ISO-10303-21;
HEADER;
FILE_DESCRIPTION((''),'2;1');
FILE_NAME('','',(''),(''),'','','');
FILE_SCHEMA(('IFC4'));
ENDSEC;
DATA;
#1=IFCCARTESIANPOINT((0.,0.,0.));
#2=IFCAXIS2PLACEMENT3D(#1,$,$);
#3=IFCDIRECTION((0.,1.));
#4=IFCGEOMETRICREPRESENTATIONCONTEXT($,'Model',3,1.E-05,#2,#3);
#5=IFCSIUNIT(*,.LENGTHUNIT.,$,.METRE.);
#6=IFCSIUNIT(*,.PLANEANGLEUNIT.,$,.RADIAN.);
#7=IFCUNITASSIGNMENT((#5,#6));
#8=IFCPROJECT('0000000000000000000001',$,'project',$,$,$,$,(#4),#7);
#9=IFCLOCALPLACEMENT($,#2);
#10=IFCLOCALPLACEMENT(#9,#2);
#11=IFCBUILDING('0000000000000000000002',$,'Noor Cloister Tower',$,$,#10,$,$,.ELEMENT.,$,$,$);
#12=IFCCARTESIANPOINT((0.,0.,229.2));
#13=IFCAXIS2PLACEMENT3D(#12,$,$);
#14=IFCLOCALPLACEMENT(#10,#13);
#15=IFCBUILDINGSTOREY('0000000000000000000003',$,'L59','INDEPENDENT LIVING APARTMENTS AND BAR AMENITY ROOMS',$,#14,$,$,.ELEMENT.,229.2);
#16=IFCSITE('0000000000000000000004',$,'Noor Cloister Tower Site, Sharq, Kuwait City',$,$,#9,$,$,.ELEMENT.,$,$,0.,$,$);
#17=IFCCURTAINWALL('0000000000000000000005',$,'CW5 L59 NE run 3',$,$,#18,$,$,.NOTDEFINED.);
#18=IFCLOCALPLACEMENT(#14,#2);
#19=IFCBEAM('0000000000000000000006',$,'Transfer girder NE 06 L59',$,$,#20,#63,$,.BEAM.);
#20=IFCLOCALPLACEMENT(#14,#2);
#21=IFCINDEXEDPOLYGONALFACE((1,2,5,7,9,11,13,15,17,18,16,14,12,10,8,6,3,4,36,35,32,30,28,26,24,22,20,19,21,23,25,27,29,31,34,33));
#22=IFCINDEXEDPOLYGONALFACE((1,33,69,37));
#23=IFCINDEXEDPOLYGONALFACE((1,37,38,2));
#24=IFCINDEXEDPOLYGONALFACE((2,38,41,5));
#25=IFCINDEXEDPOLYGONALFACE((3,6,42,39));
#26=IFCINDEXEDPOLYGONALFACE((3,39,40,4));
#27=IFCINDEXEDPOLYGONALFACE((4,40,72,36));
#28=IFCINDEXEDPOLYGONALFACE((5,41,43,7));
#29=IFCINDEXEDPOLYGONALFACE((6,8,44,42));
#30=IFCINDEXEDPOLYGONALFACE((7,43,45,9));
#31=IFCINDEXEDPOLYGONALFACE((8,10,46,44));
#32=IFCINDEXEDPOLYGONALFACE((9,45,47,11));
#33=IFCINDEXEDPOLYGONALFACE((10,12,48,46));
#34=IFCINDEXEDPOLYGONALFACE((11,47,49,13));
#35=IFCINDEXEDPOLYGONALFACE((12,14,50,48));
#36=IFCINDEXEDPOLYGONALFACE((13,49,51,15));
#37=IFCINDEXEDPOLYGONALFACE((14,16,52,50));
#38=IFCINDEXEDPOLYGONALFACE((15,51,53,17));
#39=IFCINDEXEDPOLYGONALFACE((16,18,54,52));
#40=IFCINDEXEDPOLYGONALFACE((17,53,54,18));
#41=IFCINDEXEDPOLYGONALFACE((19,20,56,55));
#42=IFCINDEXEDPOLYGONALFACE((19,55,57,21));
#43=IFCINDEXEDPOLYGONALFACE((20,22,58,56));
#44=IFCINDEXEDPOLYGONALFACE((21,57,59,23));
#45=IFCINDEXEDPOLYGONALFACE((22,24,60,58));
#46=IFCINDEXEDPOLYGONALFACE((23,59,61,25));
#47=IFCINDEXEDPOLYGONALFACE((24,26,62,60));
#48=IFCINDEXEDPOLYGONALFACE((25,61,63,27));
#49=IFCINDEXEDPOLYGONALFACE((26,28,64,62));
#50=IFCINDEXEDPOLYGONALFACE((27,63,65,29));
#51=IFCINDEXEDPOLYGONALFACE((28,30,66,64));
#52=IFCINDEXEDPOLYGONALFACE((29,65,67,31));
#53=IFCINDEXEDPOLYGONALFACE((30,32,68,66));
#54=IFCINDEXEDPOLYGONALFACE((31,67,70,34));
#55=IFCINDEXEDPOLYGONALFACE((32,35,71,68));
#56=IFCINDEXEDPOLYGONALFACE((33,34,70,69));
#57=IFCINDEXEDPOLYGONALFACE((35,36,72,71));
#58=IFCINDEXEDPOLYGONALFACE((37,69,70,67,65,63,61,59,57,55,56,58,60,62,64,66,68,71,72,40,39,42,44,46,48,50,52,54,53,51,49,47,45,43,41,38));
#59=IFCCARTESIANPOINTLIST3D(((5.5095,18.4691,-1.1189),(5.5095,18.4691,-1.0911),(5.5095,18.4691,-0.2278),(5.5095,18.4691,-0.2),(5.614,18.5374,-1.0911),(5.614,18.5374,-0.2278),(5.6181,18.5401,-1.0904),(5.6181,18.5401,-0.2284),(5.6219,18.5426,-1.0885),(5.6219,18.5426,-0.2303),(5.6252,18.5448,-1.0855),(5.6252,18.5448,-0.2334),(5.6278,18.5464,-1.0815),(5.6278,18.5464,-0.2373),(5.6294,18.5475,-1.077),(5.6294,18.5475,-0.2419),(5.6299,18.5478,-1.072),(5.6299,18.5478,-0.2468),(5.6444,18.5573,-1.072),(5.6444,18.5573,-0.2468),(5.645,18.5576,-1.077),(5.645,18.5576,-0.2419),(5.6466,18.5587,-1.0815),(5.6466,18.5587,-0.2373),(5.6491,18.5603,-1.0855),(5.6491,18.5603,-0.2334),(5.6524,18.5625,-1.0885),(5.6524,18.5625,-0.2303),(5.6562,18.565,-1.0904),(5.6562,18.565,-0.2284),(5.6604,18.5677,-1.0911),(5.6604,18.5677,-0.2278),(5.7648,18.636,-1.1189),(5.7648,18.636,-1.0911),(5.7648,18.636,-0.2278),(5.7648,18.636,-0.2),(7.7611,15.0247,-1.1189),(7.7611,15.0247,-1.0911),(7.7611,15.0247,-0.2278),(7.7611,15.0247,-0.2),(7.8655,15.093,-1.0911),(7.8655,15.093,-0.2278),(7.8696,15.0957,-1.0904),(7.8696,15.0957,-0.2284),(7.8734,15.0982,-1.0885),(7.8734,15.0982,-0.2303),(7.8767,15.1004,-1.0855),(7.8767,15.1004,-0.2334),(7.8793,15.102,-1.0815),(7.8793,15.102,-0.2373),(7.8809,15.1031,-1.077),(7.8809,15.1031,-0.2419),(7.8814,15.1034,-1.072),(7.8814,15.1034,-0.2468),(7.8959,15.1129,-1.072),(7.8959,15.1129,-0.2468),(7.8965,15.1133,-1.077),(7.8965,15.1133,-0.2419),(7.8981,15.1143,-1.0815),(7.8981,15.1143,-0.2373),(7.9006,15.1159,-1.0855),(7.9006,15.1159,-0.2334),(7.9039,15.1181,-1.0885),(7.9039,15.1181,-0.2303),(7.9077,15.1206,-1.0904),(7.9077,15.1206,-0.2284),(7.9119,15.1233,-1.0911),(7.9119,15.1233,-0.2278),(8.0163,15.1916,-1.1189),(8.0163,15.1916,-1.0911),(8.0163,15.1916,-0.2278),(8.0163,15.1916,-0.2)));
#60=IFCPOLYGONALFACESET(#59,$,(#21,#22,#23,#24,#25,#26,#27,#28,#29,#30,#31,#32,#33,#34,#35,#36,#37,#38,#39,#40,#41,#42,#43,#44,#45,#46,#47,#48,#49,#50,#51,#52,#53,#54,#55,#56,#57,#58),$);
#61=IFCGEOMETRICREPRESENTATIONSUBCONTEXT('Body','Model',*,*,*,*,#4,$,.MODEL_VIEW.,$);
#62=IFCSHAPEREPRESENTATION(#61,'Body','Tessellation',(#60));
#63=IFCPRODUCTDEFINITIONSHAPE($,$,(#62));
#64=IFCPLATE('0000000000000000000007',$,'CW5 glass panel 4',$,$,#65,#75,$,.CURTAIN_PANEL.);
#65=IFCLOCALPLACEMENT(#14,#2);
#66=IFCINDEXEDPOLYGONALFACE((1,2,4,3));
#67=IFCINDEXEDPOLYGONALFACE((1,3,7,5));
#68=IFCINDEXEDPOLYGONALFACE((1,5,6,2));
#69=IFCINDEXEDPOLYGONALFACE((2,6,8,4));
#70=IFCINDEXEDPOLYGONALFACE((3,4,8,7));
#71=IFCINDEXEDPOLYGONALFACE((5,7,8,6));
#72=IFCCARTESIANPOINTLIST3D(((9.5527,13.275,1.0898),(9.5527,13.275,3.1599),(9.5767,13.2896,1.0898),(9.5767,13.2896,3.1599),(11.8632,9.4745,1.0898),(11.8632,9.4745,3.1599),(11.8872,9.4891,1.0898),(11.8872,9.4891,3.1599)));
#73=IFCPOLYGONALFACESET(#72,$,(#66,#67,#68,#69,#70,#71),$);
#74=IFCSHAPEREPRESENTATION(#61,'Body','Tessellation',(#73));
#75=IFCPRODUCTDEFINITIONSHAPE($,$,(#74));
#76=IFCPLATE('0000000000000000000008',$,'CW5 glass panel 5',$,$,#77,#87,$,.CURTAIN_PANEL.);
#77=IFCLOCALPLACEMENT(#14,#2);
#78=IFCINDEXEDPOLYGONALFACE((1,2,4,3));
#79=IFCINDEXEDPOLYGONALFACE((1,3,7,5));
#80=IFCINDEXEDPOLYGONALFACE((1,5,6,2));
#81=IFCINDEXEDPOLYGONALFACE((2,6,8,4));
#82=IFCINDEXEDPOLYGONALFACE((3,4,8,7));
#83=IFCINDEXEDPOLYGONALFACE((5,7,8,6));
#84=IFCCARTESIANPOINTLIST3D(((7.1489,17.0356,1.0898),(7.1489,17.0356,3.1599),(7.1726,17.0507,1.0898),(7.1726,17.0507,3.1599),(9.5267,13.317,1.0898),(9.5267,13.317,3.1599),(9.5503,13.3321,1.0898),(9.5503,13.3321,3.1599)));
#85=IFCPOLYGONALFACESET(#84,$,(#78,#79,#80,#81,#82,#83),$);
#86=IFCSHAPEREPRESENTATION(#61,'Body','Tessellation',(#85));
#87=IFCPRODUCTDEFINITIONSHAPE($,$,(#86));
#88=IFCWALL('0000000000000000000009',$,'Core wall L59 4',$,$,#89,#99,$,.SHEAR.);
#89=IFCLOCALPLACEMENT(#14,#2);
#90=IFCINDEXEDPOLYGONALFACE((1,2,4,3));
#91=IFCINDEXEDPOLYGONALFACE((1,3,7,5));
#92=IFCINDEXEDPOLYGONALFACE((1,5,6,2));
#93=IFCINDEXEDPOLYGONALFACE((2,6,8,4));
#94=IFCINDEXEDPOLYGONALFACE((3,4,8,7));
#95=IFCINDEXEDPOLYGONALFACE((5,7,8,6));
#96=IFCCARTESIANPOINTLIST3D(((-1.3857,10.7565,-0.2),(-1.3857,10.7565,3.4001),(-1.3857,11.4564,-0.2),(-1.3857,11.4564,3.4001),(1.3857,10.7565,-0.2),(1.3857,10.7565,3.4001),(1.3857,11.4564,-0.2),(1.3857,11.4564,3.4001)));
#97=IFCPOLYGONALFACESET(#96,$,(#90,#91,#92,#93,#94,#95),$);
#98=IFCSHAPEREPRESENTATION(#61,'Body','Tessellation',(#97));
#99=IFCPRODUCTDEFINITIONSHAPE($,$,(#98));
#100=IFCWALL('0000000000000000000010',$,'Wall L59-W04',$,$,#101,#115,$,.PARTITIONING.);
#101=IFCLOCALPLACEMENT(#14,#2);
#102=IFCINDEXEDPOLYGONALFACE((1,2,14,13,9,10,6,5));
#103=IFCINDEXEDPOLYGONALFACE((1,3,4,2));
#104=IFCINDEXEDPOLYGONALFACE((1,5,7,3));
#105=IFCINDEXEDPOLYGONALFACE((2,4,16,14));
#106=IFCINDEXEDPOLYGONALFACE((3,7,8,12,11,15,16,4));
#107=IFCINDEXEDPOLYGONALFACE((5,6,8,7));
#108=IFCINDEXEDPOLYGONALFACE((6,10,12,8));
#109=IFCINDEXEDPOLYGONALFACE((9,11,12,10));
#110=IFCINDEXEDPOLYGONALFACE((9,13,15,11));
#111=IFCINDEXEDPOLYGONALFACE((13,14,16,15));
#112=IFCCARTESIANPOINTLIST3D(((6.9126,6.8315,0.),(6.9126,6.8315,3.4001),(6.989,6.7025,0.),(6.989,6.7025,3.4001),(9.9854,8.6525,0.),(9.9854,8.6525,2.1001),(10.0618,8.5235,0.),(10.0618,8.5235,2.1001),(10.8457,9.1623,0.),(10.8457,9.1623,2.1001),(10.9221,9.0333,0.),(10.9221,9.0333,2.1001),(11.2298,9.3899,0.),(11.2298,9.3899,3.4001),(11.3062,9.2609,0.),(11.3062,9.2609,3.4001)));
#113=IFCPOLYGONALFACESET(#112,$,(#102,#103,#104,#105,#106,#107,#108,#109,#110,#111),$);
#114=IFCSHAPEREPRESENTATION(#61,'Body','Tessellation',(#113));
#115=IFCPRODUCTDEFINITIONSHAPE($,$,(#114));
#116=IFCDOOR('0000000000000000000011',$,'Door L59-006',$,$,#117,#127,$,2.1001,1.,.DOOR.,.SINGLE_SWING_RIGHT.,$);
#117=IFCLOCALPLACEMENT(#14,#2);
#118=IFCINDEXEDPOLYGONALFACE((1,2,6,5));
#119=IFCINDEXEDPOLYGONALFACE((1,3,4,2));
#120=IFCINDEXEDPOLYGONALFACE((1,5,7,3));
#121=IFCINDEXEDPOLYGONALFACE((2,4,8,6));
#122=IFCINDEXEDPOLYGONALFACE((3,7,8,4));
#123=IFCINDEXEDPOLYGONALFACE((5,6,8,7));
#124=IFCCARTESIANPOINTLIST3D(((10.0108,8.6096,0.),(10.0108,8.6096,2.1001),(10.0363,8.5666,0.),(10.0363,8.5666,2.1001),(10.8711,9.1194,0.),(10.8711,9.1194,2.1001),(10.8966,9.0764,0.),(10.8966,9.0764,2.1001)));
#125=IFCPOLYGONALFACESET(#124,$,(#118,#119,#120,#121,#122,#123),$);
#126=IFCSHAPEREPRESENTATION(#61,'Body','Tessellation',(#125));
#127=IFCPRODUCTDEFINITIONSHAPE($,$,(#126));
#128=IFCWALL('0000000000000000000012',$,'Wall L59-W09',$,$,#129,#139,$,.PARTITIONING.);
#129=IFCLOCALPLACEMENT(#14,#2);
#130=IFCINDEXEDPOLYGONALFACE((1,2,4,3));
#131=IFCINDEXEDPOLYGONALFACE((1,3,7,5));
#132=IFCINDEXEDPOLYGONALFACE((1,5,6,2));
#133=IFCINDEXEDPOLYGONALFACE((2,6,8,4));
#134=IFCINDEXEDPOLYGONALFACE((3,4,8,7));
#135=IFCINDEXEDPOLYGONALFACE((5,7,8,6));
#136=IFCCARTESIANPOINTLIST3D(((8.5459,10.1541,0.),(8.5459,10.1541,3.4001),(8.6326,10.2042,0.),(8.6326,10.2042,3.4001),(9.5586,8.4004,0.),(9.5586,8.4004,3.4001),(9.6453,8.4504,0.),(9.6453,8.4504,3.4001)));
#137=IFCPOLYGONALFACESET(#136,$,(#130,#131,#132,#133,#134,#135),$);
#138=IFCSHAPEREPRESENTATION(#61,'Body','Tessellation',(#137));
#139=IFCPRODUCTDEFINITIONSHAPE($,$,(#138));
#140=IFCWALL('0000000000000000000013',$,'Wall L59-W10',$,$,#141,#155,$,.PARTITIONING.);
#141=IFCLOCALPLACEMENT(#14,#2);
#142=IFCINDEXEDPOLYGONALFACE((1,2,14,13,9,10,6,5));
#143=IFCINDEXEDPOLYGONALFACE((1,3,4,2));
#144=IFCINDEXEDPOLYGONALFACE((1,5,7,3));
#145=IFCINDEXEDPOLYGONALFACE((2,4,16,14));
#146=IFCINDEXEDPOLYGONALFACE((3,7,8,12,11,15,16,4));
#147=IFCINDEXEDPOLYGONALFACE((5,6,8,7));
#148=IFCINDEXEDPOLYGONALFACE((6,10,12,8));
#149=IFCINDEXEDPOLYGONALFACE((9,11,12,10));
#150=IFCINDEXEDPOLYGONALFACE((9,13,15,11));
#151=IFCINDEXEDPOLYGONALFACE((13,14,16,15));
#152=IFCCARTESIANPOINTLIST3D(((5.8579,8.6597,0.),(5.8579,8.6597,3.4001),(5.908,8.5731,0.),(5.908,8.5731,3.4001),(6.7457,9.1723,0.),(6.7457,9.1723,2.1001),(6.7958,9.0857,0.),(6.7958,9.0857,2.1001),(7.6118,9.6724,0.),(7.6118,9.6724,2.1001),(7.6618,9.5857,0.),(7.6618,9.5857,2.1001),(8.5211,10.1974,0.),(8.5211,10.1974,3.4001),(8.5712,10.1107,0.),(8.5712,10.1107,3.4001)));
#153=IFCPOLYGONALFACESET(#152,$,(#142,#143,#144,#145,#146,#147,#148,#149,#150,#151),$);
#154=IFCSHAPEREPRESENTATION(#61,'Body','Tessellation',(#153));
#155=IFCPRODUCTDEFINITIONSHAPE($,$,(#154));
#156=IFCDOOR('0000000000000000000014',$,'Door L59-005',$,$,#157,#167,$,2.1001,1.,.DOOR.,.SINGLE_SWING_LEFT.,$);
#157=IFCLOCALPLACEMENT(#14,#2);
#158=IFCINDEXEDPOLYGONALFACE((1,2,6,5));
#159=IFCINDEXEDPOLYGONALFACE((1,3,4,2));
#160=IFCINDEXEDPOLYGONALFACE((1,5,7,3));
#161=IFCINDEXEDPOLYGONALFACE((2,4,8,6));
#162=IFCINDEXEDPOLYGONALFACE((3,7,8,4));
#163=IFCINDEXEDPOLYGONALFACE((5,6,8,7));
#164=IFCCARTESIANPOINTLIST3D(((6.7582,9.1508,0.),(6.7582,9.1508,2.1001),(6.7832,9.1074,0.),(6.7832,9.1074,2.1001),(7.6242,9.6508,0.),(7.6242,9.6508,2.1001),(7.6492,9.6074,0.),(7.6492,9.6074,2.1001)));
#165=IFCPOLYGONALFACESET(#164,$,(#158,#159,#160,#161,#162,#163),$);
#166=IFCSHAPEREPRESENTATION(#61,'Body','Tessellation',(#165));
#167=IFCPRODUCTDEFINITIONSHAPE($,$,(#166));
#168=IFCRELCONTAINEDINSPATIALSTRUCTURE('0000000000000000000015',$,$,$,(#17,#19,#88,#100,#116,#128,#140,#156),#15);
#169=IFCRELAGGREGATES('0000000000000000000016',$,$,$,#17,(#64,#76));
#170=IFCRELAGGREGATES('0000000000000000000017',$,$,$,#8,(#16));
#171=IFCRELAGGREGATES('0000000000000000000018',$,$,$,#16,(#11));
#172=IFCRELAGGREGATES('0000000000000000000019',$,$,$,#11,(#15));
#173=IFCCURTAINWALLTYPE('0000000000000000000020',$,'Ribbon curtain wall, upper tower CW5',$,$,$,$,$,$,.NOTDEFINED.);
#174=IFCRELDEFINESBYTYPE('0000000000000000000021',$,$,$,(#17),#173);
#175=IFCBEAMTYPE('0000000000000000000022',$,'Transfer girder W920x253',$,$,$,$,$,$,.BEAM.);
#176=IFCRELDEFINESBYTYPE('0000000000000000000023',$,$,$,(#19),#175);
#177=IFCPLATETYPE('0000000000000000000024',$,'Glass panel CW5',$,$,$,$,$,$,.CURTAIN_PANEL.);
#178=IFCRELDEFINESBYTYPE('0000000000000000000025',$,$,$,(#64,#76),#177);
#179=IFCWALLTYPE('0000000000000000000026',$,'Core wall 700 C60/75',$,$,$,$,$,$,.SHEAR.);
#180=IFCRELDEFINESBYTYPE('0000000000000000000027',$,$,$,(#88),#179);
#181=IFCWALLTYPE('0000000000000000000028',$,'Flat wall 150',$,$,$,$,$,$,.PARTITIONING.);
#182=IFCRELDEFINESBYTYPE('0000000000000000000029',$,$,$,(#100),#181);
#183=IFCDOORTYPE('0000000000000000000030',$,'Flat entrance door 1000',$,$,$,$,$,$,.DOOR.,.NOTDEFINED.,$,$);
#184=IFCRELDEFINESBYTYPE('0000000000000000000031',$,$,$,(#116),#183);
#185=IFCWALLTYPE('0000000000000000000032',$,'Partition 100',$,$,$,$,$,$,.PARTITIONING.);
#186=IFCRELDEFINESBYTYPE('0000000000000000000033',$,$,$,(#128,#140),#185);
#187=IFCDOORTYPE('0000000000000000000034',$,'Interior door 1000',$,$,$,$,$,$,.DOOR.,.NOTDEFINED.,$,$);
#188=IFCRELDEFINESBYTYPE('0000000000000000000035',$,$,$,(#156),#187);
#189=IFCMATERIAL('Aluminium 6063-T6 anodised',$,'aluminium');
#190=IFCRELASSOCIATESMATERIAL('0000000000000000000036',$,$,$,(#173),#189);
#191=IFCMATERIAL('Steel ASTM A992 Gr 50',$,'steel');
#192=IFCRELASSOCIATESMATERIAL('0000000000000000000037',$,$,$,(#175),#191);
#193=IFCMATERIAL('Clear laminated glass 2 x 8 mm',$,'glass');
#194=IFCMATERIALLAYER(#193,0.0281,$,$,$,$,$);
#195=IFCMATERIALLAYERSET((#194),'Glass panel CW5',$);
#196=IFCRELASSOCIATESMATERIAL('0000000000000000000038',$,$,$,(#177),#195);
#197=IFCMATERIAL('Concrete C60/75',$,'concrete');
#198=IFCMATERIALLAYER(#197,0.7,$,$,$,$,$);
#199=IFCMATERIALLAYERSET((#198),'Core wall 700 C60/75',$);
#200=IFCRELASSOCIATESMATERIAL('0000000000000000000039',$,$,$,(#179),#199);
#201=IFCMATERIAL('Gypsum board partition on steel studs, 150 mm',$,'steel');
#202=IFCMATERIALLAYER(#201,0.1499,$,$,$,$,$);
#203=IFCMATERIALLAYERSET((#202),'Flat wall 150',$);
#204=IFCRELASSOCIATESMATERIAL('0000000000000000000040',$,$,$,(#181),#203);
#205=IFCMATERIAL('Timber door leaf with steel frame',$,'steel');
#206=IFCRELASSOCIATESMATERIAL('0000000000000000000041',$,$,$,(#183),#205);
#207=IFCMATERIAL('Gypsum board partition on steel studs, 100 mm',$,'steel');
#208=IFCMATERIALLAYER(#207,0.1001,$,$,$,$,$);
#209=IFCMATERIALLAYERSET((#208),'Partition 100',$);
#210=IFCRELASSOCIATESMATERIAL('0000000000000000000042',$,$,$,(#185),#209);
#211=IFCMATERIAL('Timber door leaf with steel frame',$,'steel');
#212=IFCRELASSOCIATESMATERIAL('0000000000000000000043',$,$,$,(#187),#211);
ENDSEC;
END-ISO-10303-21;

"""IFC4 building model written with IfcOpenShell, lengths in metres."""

from ifc_helpers import new_model, si_unit, direction, frame, frame_2d, origin, origin_2d, place, context, subcontext, project, spatial, rectangle, i_section, extrude, material, layer, layer_set, material_profile, profile_set, type_object, element, fill, aggregate, save


model = new_model("IFC4")

# Units and contexts
model_context = context("Model", 3, precision=1e-05, world=origin(), true_north=direction((0.0, 1.0)))
body_context = subcontext(model_context, "Body", "Model", "MODEL_VIEW")
ifc_project = project(units=[si_unit("LENGTHUNIT", "METRE"), si_unit("PLANEANGLEUNIT", "RADIAN")], contexts=[model_context])

# Site, building, storey
site_placement = place(None, origin())
site = spatial("IfcSite", under=ifc_project, at=site_placement, Name="Noor Cloister Tower Site, Sharq, Kuwait City", CompositionType="ELEMENT", RefElevation=0.0)
building_placement = place(site_placement, origin())
building = spatial("IfcBuilding", under=site, at=building_placement, Name="Noor Cloister Tower", CompositionType="ELEMENT")
storey_placement = place(building_placement, frame((0.0, 0.0, 229.2)))
storey = spatial("IfcBuildingStorey", under=building, at=storey_placement, Name="L59", Description="INDEPENDENT LIVING APARTMENTS AND BAR AMENITY ROOMS", CompositionType="ELEMENT", Elevation=229.2)

# Curtain wall
ifc_material_1 = material(Name="Aluminium 6063-T6 anodised", Category="aluminium")
curtain_wall_type = type_object("IfcCurtainWallType", Name="Ribbon curtain wall, upper tower CW5", PredefinedType="NOTDEFINED", material=ifc_material_1)
curtain_wall_placement = place(storey_placement, origin())
curtain_wall = element("IfcCurtainWall", 1, at=curtain_wall_placement, inside=storey, type_object=curtain_wall_type, Name="CW5 L59 NE run 3", PredefinedType="NOTDEFINED")

# Beam
ifc_material_2 = material(Name="Steel ASTM A992 Gr 50", Category="steel")
ifc_material_profile_1 = material_profile(ifc_material_2, i_section(OverallWidth=0.3049, OverallDepth=0.9189, WebThickness=0.0173, FlangeThickness=0.0278, FilletRadius=0.019, at=origin_2d()), Name="W920x253")
ifc_profile_set_1 = profile_set([ifc_material_profile_1], Name="Steel ASTM A992 Gr 50")
beam_type_1 = type_object("IfcBeamType", Name="Transfer girder W920x253", PredefinedType="BEAM", material=ifc_profile_set_1)
beam_1_placement = place(storey_placement, frame((7.8887, 15.1082, -0.6594), z_axis=(-0.547147, 0.837037, 0.0), x_axis=(-0.837037, -0.547147, 0.0)))
element("IfcBeam", 2, at=beam_1_placement, inside=storey, type_object=beam_type_1, Name="Transfer girder NE 06 L59", PredefinedType="BEAM", context=body_context, shape_type="SweptSolid", body=[
    extrude(i_section(OverallWidth=0.3049, OverallDepth=0.9189, WebThickness=0.0173, FlangeThickness=0.0278, FilletRadius=0.019, at=origin_2d()), origin(), (0.0, 0.0, 1.0), 4.115),
])

# Plates
ifc_material_3 = material(Name="Clear laminated glass 2 x 8 mm", Category="glass")
ifc_layer_1 = layer(ifc_material_3, 0.0281)
ifc_layer_set_1 = layer_set([ifc_layer_1], Name="Glass panel CW5")
plate_type = type_object("IfcPlateType", Name="Glass panel CW5", PredefinedType="CURTAIN_PANEL", material=ifc_layer_set_1)
plate_1_placement = place(storey_placement, frame((10.72, 11.3821, 1.0898), z_axis=(0.0, 0.0, 1.0), x_axis=(-0.519486, 0.854479, 0.0)))
plate_1 = element("IfcPlate", 3, at=plate_1_placement, type_object=plate_type, Name="CW5 glass panel 4", PredefinedType="CURTAIN_PANEL", context=body_context, shape_type="SweptSolid", body=[
    extrude(rectangle(XDim=4.4478, YDim=0.0281, at=origin_2d()), origin(), (0.0, 0.0, 1.0), 2.0701),
])
plate_2_placement = place(storey_placement, frame((8.3496, 15.1838, 1.0898), z_axis=(0.0, 0.0, 1.0), x_axis=(-0.538705, 0.842494, 0.0)))
plate_2 = element("IfcPlate", 4, at=plate_2_placement, type_object=plate_type, Name="CW5 glass panel 5", PredefinedType="CURTAIN_PANEL", context=body_context, shape_type="SweptSolid", body=[
    extrude(rectangle(XDim=4.4138, YDim=0.0281, at=origin_2d()), origin(), (0.0, 0.0, 1.0), 2.0701),
])
aggregate(curtain_wall, [plate_1, plate_2])

# Wall
ifc_material_4 = material(Name="Concrete C60/75", Category="concrete")
ifc_layer_2 = layer(ifc_material_4, 0.7)
ifc_layer_set_2 = layer_set([ifc_layer_2], Name="Core wall 700 C60/75")
wall_type_1 = type_object("IfcWallType", Name="Core wall 700 C60/75", PredefinedType="SHEAR", material=ifc_layer_set_2)
wall_1_placement = place(storey_placement, frame((1.3857, 11.1064, -0.2), z_axis=(0.0, 0.0, 1.0), x_axis=(-1.0, 0.0, 0.0)))
element("IfcWall", 5, at=wall_1_placement, inside=storey, type_object=wall_type_1, Name="Core wall L59 4", PredefinedType="SHEAR", context=body_context, shape_type="SweptSolid", body=[
    extrude(rectangle(XDim=2.7715, YDim=0.7, at=frame_2d((1.3857, 0.0))), origin(), (0.0, 0.0, 1.0), 3.6001),
])

# Wall, opening, door
ifc_material_5 = material(Name="Gypsum board partition on steel studs, 150 mm", Category="steel")
ifc_layer_3 = layer(ifc_material_5, 0.1499)
ifc_layer_set_3 = layer_set([ifc_layer_3], Name="Flat wall 150")
wall_type_2 = type_object("IfcWallType", Name="Flat wall 150", PredefinedType="PARTITIONING", material=ifc_layer_set_3)
wall_2_placement = place(storey_placement, frame((11.2681, 9.3254, 0.0), z_axis=(0.0, 0.0, 1.0), x_axis=(-0.860288, -0.509809, 0.0)))
wall_2 = element("IfcWall", 6, at=wall_2_placement, inside=storey, type_object=wall_type_2, Name="Wall L59-W04", PredefinedType="PARTITIONING", context=body_context, shape_type="SweptSolid", body=[
    extrude(rectangle(XDim=5.0183, YDim=0.1499, at=frame_2d((2.5093, 0.0))), origin(), (0.0, 0.0, 1.0), 3.4001),
])
opening_1_placement = place(wall_2_placement, frame((0.4465, 0.0, 0.0)))
opening_1 = element("IfcOpeningElement", 7, at=opening_1_placement, cuts=wall_2, PredefinedType="OPENING", context=body_context, shape_type="SweptSolid", body=[
    extrude(rectangle(XDim=1.0, YDim=2.1001, at=frame_2d((0.5, 1.05))), frame((0.0, 0.085, 0.0), z_axis=(0.0, -1.0, 0.0), x_axis=(1.0, 0.0, 0.0)), (0.0, 0.0, 1.0), 0.1699),
])
ifc_material_6 = material(Name="Timber door leaf with steel frame", Category="steel")
door_type_1 = type_object("IfcDoorType", Name="Flat entrance door 1000", OperationType="NOTDEFINED", PredefinedType="DOOR", material=ifc_material_6)
door_1_placement = place(opening_1_placement, origin())
door_1 = element("IfcDoor", 8, at=door_1_placement, inside=storey, type_object=door_type_1, Name="Door L59-006", OperationType="SINGLE_SWING_RIGHT", OverallHeight=2.1001, OverallWidth=1.0, PredefinedType="DOOR", context=body_context, shape_type="SweptSolid", body=[
    extrude(rectangle(XDim=1.0, YDim=2.1001, at=frame_2d((0.5, 1.05))), frame((0.0, 0.0249, 0.0), z_axis=(0.0, -1.0, 0.0), x_axis=(1.0, 0.0, 0.0)), (0.0, 0.0, 1.0), 0.05),
])
fill(opening_1, door_1)

# Wall
ifc_material_7 = material(Name="Gypsum board partition on steel studs, 100 mm", Category="steel")
ifc_layer_4 = layer(ifc_material_7, 0.1001)
ifc_layer_set_4 = layer_set([ifc_layer_4], Name="Partition 100")
wall_type_3 = type_object("IfcWallType", Name="Partition 100", PredefinedType="PARTITIONING", material=ifc_layer_set_4)
wall_3_placement = place(storey_placement, frame((9.6021, 8.4253, 0.0), z_axis=(0.0, 0.0, 1.0), x_axis=(-0.500081, 0.865979, 0.0)))
element("IfcWall", 9, at=wall_3_placement, inside=storey, type_object=wall_type_3, Name="Wall L59-W09", PredefinedType="PARTITIONING", context=body_context, shape_type="SweptSolid", body=[
    extrude(rectangle(XDim=2.0251, YDim=0.1001, at=frame_2d((1.0127, 0.0))), origin(), (0.0, 0.0, 1.0), 3.4001),
])

# Wall, opening, door
wall_4_placement = place(storey_placement, frame((8.5461, 10.1541, 0.0), z_axis=(0.0, 0.0, 1.0), x_axis=(-0.866016, -0.500016, 0.0)))
wall_4 = element("IfcWall", 10, at=wall_4_placement, inside=storey, type_object=wall_type_3, Name="Wall L59-W10", PredefinedType="PARTITIONING", context=body_context, shape_type="SweptSolid", body=[
    extrude(rectangle(XDim=3.0752, YDim=0.1001, at=frame_2d((1.5376, 0.0))), origin(), (0.0, 0.0, 1.0), 3.4001),
])
opening_2_placement = place(wall_4_placement, frame((1.05, 0.0, 0.0)))
opening_2 = element("IfcOpeningElement", 11, at=opening_2_placement, cuts=wall_4, PredefinedType="OPENING", context=body_context, shape_type="SweptSolid", body=[
    extrude(rectangle(XDim=1.0, YDim=2.1001, at=frame_2d((0.5, 1.05))), frame((0.0, 0.0601, 0.0), z_axis=(0.0, -1.0, 0.0), x_axis=(1.0, 0.0, 0.0)), (0.0, 0.0, 1.0), 0.1201),
])
ifc_material_8 = material(Name="Timber door leaf with steel frame", Category="steel")
door_type_2 = type_object("IfcDoorType", Name="Interior door 1000", OperationType="NOTDEFINED", PredefinedType="DOOR", material=ifc_material_8)
door_2_placement = place(opening_2_placement, origin())
door_2 = element("IfcDoor", 12, at=door_2_placement, inside=storey, type_object=door_type_2, Name="Door L59-005", OperationType="SINGLE_SWING_LEFT", OverallHeight=2.1001, OverallWidth=1.0, PredefinedType="DOOR", context=body_context, shape_type="SweptSolid", body=[
    extrude(rectangle(XDim=1.0, YDim=2.1001, at=frame_2d((0.5, 1.05))), frame((0.0, 0.0249, 0.0), z_axis=(0.0, -1.0, 0.0), x_axis=(1.0, 0.0, 0.0)), (0.0, 0.0, 1.0), 0.05),
])
fill(opening_2, door_2)

save(model, "model.ifc")
